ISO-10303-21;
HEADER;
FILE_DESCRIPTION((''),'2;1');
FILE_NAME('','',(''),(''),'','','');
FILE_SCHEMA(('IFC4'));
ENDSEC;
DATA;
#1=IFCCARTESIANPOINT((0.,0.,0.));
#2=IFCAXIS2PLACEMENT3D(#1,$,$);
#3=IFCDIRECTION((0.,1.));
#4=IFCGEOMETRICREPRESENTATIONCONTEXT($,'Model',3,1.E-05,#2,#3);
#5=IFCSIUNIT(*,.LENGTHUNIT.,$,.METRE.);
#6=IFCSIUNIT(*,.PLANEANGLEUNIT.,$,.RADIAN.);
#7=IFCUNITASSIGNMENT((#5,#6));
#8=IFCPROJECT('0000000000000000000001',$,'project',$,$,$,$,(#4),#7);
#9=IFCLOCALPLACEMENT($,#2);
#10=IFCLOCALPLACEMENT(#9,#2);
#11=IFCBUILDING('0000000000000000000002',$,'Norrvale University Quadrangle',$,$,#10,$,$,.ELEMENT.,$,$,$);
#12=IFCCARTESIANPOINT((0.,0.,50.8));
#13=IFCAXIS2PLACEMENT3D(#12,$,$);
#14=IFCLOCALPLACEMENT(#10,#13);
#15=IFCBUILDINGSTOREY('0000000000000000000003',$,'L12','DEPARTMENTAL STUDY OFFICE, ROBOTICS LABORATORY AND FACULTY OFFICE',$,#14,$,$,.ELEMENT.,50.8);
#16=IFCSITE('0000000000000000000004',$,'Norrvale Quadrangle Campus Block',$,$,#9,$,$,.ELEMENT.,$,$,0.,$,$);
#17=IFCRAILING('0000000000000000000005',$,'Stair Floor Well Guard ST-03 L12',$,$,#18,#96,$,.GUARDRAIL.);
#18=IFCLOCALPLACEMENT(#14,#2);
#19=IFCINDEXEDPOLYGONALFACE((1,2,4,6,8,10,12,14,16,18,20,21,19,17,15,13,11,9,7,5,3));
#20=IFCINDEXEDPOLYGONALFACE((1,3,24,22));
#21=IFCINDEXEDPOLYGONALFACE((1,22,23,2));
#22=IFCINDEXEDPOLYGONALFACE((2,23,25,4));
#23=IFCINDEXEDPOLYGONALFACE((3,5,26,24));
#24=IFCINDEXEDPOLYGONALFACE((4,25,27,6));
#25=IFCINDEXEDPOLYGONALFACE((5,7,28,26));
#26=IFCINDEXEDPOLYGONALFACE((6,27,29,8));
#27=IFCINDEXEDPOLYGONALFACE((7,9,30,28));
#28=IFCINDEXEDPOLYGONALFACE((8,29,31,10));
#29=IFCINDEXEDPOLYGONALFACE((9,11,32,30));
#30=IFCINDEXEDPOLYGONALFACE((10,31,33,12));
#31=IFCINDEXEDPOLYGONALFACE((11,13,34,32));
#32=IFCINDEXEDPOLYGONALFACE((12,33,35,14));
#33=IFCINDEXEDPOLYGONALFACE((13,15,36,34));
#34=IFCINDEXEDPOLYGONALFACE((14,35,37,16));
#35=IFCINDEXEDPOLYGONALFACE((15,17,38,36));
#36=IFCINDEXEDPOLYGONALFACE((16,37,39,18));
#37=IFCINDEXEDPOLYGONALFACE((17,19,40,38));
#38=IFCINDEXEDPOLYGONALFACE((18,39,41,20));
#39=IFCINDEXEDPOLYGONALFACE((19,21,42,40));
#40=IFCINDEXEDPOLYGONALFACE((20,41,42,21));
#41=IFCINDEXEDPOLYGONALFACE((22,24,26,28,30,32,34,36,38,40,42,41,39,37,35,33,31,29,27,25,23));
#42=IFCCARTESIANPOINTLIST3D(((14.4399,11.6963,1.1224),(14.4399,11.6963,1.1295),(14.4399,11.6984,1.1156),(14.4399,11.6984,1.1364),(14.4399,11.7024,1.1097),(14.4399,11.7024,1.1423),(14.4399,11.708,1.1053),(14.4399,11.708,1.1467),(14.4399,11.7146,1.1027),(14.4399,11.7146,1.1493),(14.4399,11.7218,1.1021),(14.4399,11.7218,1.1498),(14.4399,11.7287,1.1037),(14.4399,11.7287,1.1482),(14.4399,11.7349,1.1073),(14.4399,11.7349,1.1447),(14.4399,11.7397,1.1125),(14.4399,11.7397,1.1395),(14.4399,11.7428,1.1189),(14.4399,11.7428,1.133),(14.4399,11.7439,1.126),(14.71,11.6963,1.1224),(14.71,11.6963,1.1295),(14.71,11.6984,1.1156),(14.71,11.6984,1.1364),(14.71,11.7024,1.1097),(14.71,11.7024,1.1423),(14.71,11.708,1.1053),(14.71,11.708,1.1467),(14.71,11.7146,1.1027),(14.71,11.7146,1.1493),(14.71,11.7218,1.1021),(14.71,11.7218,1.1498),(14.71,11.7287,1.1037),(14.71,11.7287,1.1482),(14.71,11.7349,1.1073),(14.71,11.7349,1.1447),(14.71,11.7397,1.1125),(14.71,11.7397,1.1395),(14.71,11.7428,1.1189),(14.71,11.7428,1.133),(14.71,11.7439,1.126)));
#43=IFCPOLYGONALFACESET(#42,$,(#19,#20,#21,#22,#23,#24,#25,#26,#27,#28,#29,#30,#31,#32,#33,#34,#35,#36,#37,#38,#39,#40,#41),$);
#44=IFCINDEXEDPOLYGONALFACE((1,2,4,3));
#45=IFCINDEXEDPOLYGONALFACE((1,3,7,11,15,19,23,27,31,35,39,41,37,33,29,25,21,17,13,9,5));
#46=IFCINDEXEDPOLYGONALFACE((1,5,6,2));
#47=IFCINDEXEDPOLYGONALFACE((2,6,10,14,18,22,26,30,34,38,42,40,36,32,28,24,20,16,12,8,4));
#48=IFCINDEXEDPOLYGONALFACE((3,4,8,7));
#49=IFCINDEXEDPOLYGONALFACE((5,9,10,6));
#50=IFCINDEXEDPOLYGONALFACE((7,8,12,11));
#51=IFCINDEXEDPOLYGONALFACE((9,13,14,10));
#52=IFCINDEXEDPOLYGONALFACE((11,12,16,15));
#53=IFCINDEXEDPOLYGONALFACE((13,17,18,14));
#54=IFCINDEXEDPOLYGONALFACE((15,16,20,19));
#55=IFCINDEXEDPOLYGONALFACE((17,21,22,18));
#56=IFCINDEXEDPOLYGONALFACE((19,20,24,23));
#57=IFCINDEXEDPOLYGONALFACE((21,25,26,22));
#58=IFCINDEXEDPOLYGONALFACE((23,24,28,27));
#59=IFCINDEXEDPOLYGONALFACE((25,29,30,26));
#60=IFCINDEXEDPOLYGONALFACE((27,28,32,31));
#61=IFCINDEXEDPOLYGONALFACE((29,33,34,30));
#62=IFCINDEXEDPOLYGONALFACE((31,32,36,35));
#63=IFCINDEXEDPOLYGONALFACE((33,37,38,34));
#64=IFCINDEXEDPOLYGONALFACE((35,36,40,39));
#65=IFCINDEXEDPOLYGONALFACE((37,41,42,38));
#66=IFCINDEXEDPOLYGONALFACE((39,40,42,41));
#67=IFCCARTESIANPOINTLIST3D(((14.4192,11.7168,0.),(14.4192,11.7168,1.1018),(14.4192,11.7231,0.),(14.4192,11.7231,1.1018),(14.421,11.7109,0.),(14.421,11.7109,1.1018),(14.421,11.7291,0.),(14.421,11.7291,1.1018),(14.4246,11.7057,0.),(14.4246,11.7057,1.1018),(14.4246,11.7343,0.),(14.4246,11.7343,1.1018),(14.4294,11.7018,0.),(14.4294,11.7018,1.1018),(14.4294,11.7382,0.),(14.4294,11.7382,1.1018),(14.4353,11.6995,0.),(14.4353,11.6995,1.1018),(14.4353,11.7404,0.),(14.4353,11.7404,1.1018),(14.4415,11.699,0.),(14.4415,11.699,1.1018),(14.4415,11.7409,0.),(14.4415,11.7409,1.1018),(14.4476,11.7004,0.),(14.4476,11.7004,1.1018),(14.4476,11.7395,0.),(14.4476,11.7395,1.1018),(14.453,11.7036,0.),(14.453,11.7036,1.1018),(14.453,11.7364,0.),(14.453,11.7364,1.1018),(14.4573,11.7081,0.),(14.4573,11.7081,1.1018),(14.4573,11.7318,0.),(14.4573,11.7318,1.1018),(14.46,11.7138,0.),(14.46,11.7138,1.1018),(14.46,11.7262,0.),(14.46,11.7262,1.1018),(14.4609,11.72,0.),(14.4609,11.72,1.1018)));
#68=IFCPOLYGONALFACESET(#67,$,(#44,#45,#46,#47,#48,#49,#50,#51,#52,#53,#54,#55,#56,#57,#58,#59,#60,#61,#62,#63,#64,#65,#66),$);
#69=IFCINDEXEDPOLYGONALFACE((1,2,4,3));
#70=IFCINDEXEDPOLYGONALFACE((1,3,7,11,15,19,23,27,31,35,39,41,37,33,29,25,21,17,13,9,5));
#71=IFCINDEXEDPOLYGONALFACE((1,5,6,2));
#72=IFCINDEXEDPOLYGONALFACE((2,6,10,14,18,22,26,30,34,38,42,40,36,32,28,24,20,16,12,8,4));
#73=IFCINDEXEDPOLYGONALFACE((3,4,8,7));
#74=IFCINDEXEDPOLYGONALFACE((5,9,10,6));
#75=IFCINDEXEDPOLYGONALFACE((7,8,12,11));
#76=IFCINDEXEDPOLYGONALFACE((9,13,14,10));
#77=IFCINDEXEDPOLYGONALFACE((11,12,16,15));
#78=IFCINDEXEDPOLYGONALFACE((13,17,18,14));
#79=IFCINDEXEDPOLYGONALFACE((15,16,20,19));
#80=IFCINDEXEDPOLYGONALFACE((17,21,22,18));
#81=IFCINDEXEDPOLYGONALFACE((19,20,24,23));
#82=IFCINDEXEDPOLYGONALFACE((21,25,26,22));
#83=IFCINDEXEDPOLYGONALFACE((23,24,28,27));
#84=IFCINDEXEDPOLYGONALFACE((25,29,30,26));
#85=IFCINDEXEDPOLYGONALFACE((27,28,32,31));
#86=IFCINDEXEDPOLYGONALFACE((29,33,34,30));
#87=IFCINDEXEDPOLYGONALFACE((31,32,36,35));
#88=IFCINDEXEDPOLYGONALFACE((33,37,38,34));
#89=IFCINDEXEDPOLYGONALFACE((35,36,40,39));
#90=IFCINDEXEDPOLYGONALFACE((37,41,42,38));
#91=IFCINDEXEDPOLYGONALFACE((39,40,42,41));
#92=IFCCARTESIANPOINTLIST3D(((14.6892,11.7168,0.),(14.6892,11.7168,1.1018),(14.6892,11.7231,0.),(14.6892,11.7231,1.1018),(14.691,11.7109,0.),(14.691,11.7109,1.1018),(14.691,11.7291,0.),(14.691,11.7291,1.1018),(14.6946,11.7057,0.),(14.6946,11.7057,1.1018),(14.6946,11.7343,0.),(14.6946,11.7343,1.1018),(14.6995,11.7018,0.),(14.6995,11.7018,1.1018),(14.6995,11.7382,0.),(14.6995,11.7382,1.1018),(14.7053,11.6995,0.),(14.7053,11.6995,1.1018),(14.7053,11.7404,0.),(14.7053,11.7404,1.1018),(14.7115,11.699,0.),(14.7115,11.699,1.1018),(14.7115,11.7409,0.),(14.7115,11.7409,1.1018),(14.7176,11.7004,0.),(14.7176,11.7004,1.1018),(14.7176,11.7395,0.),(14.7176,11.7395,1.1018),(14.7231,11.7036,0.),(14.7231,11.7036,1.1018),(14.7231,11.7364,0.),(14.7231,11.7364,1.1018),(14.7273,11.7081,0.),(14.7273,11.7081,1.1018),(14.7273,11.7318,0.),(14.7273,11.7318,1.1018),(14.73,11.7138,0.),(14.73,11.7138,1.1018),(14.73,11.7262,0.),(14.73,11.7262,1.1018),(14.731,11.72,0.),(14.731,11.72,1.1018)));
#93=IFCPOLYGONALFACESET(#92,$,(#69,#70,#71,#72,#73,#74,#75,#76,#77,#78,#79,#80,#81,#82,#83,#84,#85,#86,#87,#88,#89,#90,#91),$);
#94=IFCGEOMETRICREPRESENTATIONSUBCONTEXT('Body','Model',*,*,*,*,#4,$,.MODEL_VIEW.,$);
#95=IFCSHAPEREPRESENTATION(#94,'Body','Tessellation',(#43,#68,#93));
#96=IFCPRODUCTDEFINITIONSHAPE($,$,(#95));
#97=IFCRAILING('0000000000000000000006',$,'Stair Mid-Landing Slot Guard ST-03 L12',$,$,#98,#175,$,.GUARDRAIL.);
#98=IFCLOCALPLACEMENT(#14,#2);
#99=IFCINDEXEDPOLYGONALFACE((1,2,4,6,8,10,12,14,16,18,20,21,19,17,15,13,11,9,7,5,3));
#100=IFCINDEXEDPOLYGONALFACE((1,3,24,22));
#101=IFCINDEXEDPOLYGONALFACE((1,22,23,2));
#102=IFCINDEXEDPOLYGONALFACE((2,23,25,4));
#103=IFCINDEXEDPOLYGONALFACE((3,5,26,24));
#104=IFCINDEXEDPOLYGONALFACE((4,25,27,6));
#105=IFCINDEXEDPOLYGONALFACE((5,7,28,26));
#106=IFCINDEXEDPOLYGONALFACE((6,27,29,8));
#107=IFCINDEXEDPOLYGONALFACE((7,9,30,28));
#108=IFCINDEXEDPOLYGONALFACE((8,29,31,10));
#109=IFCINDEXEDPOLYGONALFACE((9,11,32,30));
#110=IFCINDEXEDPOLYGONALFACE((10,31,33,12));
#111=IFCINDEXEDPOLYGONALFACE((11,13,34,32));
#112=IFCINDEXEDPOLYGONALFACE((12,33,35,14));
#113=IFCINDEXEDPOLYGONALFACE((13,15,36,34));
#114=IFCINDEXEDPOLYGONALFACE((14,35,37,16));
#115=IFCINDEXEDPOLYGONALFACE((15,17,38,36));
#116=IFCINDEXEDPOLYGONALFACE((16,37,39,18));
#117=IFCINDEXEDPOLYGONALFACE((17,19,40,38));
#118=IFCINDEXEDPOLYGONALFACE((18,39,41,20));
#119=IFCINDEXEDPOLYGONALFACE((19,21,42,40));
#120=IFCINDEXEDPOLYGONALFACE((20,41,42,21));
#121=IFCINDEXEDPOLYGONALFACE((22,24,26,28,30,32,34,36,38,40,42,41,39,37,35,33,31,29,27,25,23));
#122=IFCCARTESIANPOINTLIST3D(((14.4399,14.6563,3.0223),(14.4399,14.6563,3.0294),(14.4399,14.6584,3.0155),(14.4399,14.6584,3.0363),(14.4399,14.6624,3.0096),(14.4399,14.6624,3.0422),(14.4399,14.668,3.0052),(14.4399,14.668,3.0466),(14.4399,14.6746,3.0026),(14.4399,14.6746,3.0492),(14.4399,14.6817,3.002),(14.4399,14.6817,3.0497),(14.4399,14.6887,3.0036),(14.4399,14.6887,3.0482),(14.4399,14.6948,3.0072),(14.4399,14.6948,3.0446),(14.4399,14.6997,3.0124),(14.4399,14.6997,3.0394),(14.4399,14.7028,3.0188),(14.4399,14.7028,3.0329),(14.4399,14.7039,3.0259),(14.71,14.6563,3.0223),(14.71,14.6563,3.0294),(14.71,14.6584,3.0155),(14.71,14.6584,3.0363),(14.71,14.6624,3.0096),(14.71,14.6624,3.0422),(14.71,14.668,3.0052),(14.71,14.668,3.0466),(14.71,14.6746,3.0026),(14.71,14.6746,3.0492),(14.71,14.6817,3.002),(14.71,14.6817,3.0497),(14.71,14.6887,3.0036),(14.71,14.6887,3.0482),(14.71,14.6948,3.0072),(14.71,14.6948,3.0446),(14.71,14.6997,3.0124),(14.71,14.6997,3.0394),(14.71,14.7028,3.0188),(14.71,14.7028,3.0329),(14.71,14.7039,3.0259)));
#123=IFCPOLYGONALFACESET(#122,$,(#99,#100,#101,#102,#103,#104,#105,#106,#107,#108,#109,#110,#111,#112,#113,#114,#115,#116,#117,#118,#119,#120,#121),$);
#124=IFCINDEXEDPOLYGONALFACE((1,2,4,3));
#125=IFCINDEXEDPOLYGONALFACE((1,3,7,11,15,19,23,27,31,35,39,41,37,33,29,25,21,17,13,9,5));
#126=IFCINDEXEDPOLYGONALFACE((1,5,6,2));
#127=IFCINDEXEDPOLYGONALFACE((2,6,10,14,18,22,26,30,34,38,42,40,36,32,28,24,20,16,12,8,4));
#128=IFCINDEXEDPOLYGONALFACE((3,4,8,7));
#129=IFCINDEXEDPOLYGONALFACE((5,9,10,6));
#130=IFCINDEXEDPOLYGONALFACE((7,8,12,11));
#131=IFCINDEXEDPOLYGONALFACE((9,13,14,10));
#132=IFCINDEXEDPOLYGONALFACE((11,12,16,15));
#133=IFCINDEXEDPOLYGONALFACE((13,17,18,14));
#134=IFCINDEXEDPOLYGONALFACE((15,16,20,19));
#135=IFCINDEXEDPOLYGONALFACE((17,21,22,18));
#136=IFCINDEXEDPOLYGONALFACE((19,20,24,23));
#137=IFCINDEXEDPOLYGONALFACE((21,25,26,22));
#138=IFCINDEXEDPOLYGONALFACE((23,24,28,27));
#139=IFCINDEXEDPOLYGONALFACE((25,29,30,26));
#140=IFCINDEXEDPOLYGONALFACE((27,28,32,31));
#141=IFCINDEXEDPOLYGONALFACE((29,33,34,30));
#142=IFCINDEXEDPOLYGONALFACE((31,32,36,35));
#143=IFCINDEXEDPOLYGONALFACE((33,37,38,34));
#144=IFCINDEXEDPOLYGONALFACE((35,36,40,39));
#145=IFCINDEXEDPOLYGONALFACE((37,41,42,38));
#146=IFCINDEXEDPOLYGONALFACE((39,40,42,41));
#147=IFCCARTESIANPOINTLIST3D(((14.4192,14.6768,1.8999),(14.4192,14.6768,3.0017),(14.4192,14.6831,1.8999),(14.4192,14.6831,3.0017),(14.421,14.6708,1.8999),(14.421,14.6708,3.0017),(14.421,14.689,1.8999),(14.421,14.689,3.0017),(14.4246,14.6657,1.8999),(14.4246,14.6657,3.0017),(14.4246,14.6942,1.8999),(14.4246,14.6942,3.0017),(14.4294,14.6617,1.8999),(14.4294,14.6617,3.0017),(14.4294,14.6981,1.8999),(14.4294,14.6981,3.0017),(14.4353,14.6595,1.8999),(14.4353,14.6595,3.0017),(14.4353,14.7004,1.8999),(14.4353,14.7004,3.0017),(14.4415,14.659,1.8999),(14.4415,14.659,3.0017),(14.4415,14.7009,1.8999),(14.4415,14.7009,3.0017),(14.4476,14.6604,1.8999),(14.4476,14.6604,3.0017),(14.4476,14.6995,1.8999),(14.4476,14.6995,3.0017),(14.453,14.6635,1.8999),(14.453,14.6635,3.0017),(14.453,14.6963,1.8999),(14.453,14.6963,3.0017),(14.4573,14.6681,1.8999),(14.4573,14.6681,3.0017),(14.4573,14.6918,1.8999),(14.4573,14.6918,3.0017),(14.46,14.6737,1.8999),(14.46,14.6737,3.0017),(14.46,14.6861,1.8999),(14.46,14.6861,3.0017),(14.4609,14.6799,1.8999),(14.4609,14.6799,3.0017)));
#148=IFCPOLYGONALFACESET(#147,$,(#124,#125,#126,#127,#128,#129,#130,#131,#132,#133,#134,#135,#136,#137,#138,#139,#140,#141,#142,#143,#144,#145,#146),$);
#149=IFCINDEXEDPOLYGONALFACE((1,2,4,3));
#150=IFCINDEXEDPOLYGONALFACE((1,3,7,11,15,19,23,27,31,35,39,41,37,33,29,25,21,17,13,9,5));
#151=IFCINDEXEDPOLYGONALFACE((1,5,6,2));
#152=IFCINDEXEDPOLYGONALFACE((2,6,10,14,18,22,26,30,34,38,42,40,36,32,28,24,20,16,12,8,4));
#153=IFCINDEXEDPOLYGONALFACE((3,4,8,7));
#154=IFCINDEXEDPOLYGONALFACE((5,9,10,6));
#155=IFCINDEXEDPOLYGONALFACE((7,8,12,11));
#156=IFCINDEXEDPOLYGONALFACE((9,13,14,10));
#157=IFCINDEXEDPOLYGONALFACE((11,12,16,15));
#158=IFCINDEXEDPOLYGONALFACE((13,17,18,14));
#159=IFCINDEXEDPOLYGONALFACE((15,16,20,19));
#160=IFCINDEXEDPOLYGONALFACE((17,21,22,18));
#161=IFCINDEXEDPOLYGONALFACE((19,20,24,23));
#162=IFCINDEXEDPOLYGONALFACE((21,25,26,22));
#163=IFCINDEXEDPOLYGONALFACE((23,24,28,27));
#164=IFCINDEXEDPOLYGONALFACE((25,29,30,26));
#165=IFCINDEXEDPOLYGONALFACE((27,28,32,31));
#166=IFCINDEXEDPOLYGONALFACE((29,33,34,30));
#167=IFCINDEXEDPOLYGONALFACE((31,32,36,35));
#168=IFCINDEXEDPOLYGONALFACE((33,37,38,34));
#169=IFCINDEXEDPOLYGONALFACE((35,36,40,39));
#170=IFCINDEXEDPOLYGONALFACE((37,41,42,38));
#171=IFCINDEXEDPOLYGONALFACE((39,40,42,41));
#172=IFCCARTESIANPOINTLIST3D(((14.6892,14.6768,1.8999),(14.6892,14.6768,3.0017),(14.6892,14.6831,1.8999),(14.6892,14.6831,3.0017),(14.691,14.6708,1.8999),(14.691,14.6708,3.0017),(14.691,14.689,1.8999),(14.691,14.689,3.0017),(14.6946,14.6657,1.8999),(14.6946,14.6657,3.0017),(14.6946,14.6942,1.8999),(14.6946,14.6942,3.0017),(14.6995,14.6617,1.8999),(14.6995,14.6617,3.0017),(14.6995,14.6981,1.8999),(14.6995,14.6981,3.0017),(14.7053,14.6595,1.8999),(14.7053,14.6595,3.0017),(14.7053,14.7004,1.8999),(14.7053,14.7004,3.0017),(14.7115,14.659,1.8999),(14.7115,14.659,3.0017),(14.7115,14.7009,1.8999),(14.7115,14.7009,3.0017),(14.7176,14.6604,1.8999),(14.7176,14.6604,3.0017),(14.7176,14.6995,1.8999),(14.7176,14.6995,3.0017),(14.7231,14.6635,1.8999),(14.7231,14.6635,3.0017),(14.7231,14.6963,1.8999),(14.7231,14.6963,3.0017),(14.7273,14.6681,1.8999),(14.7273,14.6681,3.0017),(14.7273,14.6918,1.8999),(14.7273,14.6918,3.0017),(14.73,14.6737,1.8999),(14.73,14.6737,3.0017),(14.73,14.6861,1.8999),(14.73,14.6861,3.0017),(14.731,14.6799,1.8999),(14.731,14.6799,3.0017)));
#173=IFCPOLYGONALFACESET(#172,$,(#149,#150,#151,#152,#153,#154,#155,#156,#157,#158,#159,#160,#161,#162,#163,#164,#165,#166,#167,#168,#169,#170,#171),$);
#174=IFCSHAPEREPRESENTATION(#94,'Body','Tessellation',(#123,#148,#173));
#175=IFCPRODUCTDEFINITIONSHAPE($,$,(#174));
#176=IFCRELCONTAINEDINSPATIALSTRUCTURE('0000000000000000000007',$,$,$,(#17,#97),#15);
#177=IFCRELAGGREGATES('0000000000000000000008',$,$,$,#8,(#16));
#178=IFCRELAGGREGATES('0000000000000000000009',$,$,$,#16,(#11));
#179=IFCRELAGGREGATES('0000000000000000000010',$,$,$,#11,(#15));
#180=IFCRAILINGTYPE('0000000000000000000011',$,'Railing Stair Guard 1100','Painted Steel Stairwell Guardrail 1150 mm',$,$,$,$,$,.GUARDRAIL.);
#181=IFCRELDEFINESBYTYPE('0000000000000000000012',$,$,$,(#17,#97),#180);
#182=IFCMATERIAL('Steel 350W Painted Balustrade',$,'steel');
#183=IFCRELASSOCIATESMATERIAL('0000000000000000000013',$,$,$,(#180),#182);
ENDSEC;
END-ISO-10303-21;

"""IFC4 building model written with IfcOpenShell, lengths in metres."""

from ifc_helpers import new_model, si_unit, direction, frame, origin, origin_2d, place, context, subcontext, project, spatial, circle, extrude, material, type_object, element, save


model = new_model("IFC4")

# Units and contexts
model_context = context("Model", 3, precision=1e-05, world=origin(), true_north=direction((0.0, 1.0)))
body_context = subcontext(model_context, "Body", "Model", "MODEL_VIEW")
ifc_project = project(units=[si_unit("LENGTHUNIT", "METRE"), si_unit("PLANEANGLEUNIT", "RADIAN")], contexts=[model_context])

# Site, building, storey
site_placement = place(None, origin())
site = spatial("IfcSite", under=ifc_project, at=site_placement, Name="Norrvale Quadrangle Campus Block", CompositionType="ELEMENT", RefElevation=0.0)
building_placement = place(site_placement, origin())
building = spatial("IfcBuilding", under=site, at=building_placement, Name="Norrvale University Quadrangle", CompositionType="ELEMENT")
storey_placement = place(building_placement, frame((0.0, 0.0, 50.8)))
storey = spatial("IfcBuildingStorey", under=building, at=storey_placement, Name="L12", Description="DEPARTMENTAL STUDY OFFICE, ROBOTICS LABORATORY AND FACULTY OFFICE", CompositionType="ELEMENT", Elevation=50.8)

# Railings
ifc_material_1 = material(Name="Steel 350W Painted Balustrade", Category="steel")
railing_type_1 = type_object("IfcRailingType", Name="Railing Stair Guard 1100", Description="Painted Steel Stairwell Guardrail 1150 mm", PredefinedType="GUARDRAIL", material=ifc_material_1)
for number, where, name in (
    (1, (14.4399, 11.72, 0.0), "Stair Floor Well Guard ST-03 L12"),
    (2, (14.4399, 14.6799, 1.8999), "Stair Mid-Landing Slot Guard ST-03 L12"),
):
    element("IfcRailing", number, at=place(storey_placement, frame(where)), inside=storey, type_object=railing_type_1, Name=name, PredefinedType="GUARDRAIL", context=body_context, shape_type="SweptSolid", body=[
        extrude(circle(Radius=0.0239, at=origin_2d()), frame((0.0, 0.0, 1.126), z_axis=(1.0, 0.0, 0.0), x_axis=(0.0, 1.0, 0.0)), (0.0, 0.0, 1.0), 0.27),
        extrude(circle(Radius=0.021, at=origin_2d()), origin(), (0.0, 0.0, 1.0), 1.1018),
        extrude(circle(Radius=0.021, at=origin_2d()), frame((0.27, 0.0, 0.0)), (0.0, 0.0, 1.0), 1.1018),
    ])

save(model, "model.ifc")
